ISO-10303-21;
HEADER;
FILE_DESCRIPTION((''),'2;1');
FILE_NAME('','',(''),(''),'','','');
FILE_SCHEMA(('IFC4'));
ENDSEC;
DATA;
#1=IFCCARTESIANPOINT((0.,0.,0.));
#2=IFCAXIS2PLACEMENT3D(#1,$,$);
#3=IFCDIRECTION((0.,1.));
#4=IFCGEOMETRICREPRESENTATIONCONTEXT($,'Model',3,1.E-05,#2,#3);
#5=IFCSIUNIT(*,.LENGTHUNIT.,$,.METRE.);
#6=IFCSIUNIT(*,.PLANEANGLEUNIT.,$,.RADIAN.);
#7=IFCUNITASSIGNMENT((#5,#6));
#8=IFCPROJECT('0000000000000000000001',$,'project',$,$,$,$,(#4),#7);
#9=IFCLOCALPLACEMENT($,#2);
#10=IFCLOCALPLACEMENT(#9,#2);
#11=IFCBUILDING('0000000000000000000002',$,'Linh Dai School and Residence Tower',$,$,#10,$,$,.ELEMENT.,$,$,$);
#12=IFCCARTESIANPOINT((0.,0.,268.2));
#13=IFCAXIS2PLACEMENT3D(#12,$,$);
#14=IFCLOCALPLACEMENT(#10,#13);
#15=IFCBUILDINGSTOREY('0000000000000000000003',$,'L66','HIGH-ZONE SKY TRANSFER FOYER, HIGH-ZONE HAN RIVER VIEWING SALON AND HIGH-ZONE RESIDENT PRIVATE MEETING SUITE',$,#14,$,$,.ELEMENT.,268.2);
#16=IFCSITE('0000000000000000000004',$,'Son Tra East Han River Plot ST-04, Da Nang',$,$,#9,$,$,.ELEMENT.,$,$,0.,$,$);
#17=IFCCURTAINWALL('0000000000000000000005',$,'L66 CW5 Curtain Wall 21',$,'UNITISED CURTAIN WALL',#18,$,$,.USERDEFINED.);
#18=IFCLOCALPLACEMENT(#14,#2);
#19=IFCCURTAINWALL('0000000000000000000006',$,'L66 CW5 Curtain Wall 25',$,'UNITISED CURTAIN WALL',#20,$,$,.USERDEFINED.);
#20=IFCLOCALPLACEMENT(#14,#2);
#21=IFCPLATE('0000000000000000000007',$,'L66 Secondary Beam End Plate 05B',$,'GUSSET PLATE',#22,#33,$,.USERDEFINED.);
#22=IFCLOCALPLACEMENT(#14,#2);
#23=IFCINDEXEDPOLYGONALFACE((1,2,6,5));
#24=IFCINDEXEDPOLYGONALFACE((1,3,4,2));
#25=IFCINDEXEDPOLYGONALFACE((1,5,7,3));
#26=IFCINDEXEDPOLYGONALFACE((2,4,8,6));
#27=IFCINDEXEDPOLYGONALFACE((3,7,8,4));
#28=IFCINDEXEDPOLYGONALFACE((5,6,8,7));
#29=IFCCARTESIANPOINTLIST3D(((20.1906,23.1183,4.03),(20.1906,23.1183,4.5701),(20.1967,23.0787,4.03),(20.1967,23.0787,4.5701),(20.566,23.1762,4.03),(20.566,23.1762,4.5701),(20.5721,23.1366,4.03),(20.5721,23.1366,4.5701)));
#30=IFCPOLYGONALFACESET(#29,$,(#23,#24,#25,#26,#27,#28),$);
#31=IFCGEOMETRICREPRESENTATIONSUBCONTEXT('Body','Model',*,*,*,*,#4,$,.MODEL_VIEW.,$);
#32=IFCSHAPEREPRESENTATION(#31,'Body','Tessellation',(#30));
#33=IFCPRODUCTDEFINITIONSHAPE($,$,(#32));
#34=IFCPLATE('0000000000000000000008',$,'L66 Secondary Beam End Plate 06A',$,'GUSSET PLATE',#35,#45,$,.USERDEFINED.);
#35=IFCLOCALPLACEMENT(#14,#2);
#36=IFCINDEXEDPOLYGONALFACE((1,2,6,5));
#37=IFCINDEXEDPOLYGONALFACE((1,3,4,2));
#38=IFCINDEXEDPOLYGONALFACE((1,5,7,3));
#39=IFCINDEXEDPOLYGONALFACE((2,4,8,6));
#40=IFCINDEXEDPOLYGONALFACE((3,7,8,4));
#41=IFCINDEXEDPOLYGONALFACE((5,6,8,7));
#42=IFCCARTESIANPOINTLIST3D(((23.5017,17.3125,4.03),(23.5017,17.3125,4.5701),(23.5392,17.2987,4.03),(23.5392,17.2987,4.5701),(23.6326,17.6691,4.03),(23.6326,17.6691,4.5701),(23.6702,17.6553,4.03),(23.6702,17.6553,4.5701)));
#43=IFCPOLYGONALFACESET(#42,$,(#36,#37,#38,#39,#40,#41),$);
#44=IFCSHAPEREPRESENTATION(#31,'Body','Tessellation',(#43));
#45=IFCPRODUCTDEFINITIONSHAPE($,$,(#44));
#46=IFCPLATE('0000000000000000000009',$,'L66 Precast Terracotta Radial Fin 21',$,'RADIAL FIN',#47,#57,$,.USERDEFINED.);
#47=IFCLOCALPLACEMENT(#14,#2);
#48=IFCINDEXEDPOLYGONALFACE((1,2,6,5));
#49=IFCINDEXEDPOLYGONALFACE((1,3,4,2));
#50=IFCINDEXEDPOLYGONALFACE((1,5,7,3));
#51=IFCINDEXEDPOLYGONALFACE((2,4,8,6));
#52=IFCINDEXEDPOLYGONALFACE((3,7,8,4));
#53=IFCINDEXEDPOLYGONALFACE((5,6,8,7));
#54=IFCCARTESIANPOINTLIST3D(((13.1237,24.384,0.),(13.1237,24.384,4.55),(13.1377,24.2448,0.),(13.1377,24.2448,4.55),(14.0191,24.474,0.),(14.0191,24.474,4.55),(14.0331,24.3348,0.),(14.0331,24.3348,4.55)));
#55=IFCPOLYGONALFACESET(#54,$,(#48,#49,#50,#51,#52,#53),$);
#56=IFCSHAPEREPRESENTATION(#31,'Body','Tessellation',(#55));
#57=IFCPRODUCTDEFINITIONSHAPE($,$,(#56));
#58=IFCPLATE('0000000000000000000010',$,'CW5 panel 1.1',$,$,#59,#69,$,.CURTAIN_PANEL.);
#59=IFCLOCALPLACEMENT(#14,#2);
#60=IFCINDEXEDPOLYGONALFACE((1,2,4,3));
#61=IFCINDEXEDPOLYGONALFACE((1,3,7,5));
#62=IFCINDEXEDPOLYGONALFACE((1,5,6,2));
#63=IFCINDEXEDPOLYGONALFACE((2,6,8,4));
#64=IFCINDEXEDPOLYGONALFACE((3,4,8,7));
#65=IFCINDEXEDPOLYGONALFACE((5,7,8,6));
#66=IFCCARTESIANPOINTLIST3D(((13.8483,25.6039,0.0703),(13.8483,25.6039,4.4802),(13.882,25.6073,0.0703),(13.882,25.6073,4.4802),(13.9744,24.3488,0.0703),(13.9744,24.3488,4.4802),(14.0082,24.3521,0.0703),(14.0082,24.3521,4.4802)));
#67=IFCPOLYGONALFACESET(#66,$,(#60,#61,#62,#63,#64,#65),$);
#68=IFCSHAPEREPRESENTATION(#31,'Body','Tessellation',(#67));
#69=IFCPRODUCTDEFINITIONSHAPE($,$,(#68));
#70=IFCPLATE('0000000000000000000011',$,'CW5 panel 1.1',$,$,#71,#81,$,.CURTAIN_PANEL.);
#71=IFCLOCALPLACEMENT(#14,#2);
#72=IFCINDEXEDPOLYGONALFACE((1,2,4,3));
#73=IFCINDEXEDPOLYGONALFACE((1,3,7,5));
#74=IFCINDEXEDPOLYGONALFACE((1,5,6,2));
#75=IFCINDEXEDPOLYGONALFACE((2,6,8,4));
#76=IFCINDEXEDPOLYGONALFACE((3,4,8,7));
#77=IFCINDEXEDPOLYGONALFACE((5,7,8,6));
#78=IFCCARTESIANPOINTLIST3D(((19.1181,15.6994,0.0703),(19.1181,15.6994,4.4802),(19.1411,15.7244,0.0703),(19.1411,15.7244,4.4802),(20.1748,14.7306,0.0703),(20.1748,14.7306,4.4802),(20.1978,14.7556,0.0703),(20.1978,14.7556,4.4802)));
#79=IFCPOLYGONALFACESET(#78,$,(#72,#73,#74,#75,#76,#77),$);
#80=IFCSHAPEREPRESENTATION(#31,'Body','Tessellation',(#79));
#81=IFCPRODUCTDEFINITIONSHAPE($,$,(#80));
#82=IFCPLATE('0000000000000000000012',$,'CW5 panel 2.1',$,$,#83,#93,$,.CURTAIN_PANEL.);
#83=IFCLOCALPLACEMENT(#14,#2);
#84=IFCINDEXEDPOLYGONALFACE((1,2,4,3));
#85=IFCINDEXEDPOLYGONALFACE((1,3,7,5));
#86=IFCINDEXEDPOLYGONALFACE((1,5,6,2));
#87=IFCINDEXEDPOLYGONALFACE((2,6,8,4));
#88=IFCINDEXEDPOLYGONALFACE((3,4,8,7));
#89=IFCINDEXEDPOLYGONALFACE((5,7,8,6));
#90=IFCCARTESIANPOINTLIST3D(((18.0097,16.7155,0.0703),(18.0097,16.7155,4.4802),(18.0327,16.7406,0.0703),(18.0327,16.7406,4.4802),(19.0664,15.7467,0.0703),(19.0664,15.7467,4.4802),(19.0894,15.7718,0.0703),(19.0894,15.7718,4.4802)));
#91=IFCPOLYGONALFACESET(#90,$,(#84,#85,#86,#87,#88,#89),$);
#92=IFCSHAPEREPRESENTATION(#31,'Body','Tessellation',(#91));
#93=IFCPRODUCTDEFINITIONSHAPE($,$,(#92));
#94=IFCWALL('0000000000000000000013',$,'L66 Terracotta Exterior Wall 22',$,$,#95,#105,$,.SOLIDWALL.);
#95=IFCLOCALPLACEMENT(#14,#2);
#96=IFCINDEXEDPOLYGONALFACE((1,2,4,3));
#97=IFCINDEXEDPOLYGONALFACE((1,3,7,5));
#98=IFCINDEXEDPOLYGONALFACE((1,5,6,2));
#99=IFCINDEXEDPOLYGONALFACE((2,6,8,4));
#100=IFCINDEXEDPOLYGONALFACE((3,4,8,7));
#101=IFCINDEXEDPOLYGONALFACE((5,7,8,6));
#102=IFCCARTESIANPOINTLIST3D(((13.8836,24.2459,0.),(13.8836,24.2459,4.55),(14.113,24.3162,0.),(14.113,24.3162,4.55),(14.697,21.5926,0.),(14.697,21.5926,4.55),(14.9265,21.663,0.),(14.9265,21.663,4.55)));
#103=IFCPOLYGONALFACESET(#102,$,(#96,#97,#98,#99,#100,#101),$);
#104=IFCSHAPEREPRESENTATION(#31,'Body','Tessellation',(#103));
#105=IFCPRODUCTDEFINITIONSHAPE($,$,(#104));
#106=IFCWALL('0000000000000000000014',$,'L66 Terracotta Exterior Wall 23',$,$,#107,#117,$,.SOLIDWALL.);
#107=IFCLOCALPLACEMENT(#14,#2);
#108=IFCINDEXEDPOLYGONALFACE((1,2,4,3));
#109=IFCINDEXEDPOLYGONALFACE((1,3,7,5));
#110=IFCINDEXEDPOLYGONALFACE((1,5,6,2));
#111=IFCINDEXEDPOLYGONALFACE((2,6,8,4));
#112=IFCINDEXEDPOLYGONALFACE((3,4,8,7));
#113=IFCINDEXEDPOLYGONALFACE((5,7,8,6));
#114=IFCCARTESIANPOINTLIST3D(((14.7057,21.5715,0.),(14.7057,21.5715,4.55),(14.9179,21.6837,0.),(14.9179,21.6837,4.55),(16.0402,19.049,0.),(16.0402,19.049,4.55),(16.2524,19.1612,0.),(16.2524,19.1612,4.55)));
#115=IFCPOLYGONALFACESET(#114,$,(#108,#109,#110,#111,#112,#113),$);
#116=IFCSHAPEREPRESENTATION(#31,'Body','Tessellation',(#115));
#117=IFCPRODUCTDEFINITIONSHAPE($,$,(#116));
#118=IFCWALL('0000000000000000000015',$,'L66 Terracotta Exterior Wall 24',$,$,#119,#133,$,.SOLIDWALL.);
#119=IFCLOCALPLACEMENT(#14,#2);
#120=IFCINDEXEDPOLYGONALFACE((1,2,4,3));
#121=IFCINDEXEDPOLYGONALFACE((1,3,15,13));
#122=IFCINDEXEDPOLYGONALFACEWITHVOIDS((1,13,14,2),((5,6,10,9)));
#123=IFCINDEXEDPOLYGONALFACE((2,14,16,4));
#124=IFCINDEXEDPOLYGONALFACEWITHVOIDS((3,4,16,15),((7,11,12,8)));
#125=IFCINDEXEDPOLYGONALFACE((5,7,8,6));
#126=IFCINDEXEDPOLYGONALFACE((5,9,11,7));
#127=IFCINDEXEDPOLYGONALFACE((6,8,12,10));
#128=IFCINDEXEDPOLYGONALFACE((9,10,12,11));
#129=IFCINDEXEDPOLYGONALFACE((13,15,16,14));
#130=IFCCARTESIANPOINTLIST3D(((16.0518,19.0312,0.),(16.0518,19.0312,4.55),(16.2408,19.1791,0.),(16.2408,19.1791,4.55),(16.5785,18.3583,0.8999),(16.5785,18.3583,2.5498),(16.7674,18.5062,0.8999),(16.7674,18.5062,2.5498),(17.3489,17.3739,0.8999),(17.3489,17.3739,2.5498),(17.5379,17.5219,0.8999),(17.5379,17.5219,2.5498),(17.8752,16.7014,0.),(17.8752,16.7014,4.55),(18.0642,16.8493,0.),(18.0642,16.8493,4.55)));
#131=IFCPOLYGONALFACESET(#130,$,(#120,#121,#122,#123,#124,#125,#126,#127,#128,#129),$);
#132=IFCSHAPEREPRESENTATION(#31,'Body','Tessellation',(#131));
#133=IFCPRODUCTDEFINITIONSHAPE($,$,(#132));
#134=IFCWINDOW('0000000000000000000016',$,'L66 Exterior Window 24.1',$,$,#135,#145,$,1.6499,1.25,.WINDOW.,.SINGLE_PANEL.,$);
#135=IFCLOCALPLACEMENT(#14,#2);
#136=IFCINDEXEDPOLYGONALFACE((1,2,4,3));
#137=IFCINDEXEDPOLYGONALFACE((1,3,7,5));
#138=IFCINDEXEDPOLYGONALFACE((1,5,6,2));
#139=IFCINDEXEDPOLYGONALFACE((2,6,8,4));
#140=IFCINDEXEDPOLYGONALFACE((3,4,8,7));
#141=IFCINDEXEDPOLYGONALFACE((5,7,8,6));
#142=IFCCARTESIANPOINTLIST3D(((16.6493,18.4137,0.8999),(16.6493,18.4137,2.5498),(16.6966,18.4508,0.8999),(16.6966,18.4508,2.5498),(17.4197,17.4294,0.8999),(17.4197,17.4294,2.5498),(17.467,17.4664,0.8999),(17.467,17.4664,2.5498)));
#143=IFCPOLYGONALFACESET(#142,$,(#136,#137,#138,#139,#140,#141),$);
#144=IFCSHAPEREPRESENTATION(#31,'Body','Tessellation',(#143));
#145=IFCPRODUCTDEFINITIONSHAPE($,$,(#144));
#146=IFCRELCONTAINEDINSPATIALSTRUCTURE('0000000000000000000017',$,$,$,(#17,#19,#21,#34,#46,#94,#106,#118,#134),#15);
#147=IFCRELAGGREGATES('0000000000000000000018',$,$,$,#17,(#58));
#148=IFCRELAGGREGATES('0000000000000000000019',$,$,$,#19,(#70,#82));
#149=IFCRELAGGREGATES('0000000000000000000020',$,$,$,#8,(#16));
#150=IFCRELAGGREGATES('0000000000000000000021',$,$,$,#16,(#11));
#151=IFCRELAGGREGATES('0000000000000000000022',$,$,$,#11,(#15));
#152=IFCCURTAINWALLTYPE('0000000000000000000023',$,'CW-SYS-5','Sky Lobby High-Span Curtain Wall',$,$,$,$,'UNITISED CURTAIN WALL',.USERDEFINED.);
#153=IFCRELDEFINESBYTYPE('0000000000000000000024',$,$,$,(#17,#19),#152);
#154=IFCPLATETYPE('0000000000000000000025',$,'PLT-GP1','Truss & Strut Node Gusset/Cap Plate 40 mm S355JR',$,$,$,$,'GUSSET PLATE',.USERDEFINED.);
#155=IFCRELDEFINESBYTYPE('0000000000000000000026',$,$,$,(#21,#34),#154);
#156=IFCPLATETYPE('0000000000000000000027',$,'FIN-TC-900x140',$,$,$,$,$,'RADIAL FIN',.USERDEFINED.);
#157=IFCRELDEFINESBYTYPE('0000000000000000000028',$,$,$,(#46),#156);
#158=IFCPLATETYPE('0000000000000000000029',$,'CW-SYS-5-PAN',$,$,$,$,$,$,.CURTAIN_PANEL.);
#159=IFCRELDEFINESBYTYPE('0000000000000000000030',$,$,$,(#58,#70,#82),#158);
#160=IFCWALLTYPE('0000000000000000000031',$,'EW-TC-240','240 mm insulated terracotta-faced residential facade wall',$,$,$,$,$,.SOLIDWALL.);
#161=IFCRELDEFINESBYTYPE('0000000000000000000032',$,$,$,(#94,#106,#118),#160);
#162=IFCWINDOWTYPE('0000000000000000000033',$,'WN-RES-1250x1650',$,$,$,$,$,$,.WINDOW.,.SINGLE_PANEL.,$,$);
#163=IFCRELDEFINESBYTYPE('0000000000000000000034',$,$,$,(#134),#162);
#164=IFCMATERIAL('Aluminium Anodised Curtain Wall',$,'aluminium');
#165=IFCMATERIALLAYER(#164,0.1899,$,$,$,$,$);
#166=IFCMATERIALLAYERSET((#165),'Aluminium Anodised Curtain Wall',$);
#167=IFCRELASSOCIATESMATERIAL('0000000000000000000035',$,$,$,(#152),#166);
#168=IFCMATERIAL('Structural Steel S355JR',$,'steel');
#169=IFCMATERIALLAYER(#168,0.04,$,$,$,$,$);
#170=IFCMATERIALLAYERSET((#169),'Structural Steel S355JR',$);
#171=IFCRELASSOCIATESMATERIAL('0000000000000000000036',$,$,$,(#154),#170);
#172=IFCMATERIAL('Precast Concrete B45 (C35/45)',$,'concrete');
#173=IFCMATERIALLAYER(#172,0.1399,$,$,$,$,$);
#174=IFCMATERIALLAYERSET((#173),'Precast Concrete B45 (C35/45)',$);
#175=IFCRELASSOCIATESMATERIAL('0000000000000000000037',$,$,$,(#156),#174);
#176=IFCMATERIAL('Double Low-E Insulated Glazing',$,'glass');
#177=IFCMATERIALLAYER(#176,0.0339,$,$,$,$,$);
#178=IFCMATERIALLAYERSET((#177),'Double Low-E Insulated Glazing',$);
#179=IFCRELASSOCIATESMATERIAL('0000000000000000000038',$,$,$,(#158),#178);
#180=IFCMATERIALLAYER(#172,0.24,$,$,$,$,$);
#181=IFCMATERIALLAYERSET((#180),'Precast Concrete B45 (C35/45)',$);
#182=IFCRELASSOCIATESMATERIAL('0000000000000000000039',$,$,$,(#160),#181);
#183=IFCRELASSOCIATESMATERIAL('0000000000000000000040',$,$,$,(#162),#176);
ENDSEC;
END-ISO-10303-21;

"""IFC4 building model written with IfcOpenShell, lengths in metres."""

from ifc_helpers import new_model, si_unit, direction, frame, frame_2d, origin, origin_2d, place, context, subcontext, project, spatial, rectangle, extrude, source, transform, mapped, material, layer, layer_set, type_object, element, fill, aggregate, save


model = new_model("IFC4")

# Units and contexts
model_context = context("Model", 3, precision=1e-05, world=origin(), true_north=direction((0.0, 1.0)))
body_context = subcontext(model_context, "Body", "Model", "MODEL_VIEW")
ifc_project = project(units=[si_unit("LENGTHUNIT", "METRE"), si_unit("PLANEANGLEUNIT", "RADIAN")], contexts=[model_context])

# Site, building, storey
site_placement = place(None, origin())
site = spatial("IfcSite", under=ifc_project, at=site_placement, Name="Son Tra East Han River Plot ST-04, Da Nang", CompositionType="ELEMENT", RefElevation=0.0)
building_placement = place(site_placement, origin())
building = spatial("IfcBuilding", under=site, at=building_placement, Name="Linh Dai School and Residence Tower", CompositionType="ELEMENT")
storey_placement = place(building_placement, frame((0.0, 0.0, 268.2)))
storey = spatial("IfcBuildingStorey", under=building, at=storey_placement, Name="L66", Description="HIGH-ZONE SKY TRANSFER FOYER, HIGH-ZONE HAN RIVER VIEWING SALON AND HIGH-ZONE RESIDENT PRIVATE MEETING SUITE", CompositionType="ELEMENT", Elevation=268.2)

# Shared definitions
ifc_material_1 = material(Name="Structural Steel S355JR", Category="steel")

# Curtain wall
ifc_material_2 = material(Name="Aluminium Anodised Curtain Wall", Category="aluminium")
ifc_layer_1 = layer(ifc_material_2, 0.1899)
ifc_layer_set_1 = layer_set([ifc_layer_1], Name="Aluminium Anodised Curtain Wall")
curtain_wall_type = type_object("IfcCurtainWallType", Name="CW-SYS-5", Description="Sky Lobby High-Span Curtain Wall", ElementType="UNITISED CURTAIN WALL", PredefinedType="USERDEFINED", material=ifc_layer_set_1)
curtain_wall_1_placement = place(storey_placement, origin())
curtain_wall_1 = element("IfcCurtainWall", 1, at=curtain_wall_1_placement, inside=storey, type_object=curtain_wall_type, Name="L66 CW5 Curtain Wall 21", ObjectType="UNITISED CURTAIN WALL", PredefinedType="USERDEFINED")

# Curtain wall
curtain_wall_2_placement = place(storey_placement, origin())
curtain_wall_2 = element("IfcCurtainWall", 2, at=curtain_wall_2_placement, inside=storey, type_object=curtain_wall_type, Name="L66 CW5 Curtain Wall 25", ObjectType="UNITISED CURTAIN WALL", PredefinedType="USERDEFINED")

# Plates
ifc_layer_2 = layer(ifc_material_1, 0.04)
ifc_layer_set_2 = layer_set([ifc_layer_2], Name="Structural Steel S355JR")
plate_type_1 = type_object("IfcPlateType", Name="PLT-GP1", Description="Truss & Strut Node Gusset/Cap Plate 40 mm S355JR", ElementType="GUSSET PLATE", PredefinedType="USERDEFINED", material=ifc_layer_set_2)
shared_shape_1 = source(origin(), body_context, "Body", "SweptSolid", [
    extrude(rectangle(XDim=0.04, YDim=0.3799, at=origin_2d()), origin(), (0.0, 0.0, 1.0), 0.54),
])
for number, where, z_axis, x_axis, name in (
    (3, (20.3813, 23.1274, 4.03), (0.0, 0.0, 1.0), (0.152474, -0.988308, 0.0), "L66 Secondary Beam End Plate 05B"),
    (4, (23.5859, 17.4839, 4.03), (0.0, 0.0, 1.0), (0.938695, -0.344748, 0.0), "L66 Secondary Beam End Plate 06A"),
):
    element("IfcPlate", number, at=place(storey_placement, frame(where, z_axis=z_axis, x_axis=x_axis)), inside=storey, type_object=plate_type_1, Name=name, ObjectType="GUSSET PLATE", PredefinedType="USERDEFINED", context=body_context, shape_type="MappedRepresentation", body=[
        mapped(shared_shape_1, transform((0.0, 0.0, 0.0), x_axis=(1.0, 0.0, 0.0), y_axis=(0.0, 1.0, 0.0), z_axis=(0.0, 0.0, 1.0), scale=1.0)),
    ])
ifc_material_3 = material(Name="Precast Concrete B45 (C35/45)", Category="concrete")
ifc_layer_3 = layer(ifc_material_3, 0.1399)
ifc_layer_set_3 = layer_set([ifc_layer_3], Name="Precast Concrete B45 (C35/45)")
plate_type_2 = type_object("IfcPlateType", Name="FIN-TC-900x140", ElementType="RADIAL FIN", PredefinedType="USERDEFINED", material=ifc_layer_set_3)
shared_shape_2 = source(origin(), body_context, "Body", "SweptSolid", [
    extrude(rectangle(XDim=0.8999, YDim=0.1399, at=origin_2d()), origin(), (0.0, 0.0, 1.0), 4.55),
])
plate_1_placement = place(storey_placement, frame((13.5784, 24.3594, 0.0), z_axis=(0.0, 0.0, 1.0), x_axis=(-0.994987, -0.100008, 0.0)))
element("IfcPlate", 5, at=plate_1_placement, inside=storey, type_object=plate_type_2, Name="L66 Precast Terracotta Radial Fin 21", ObjectType="RADIAL FIN", PredefinedType="USERDEFINED", context=body_context, shape_type="MappedRepresentation", body=[
    mapped(shared_shape_2, transform((0.0, 0.0, 0.0), x_axis=(1.0, 0.0, 0.0), y_axis=(0.0, 1.0, 0.0), z_axis=(0.0, 0.0, 1.0), scale=1.0)),
])

# Plates
ifc_material_4 = material(Name="Double Low-E Insulated Glazing", Category="glass")
ifc_layer_4 = layer(ifc_material_4, 0.0339)
ifc_layer_set_4 = layer_set([ifc_layer_4], Name="Double Low-E Insulated Glazing")
plate_type_3 = type_object("IfcPlateType", Name="CW-SYS-5-PAN", PredefinedType="CURTAIN_PANEL", material=ifc_layer_set_4)
shared_shape_3 = source(origin(), body_context, "Body", "SweptSolid", [
    extrude(rectangle(XDim=1.2615, YDim=0.0339, at=origin_2d()), origin(), (0.0, 0.0, 1.0), 4.4099),
])
plate_2_placement = place(storey_placement, frame((13.9282, 24.978, 0.0703), z_axis=(0.0, 0.0, 1.0), x_axis=(-0.100008, 0.994987, 0.0)))
plate_2 = element("IfcPlate", 6, at=plate_2_placement, type_object=plate_type_3, Name="CW5 panel 1.1", PredefinedType="CURTAIN_PANEL", context=body_context, shape_type="MappedRepresentation", body=[
    mapped(shared_shape_3, transform((0.0, 0.0, 0.0), x_axis=(1.0, 0.0, 0.0), y_axis=(0.0, 1.0, 0.0), z_axis=(0.0, 0.0, 1.0), scale=1.0)),
])
aggregate(curtain_wall_1, [plate_2])
shared_shape_4 = source(origin(), body_context, "Body", "SweptSolid", [
    extrude(rectangle(XDim=1.4336, YDim=0.0339, at=origin_2d()), origin(), (0.0, 0.0, 1.0), 4.4099),
])
plate_3_placement = place(storey_placement, frame((19.658, 15.2275, 0.0703), z_axis=(0.0, 0.0, 1.0), x_axis=(-0.737104, 0.675779, 0.0)))
plate_3 = element("IfcPlate", 7, at=plate_3_placement, type_object=plate_type_3, Name="CW5 panel 1.1", PredefinedType="CURTAIN_PANEL", context=body_context, shape_type="MappedRepresentation", body=[
    mapped(shared_shape_4, transform((0.0, 0.0, 0.0), x_axis=(1.0, 0.0, 0.0), y_axis=(0.0, 1.0, 0.0), z_axis=(0.0, 0.0, 1.0), scale=1.0)),
])
plate_4_placement = place(storey_placement, frame((18.5496, 16.2437, 0.0703), z_axis=(0.0, 0.0, 1.0), x_axis=(-0.737104, 0.675779, 0.0)))
plate_4 = element("IfcPlate", 8, at=plate_4_placement, type_object=plate_type_3, Name="CW5 panel 2.1", PredefinedType="CURTAIN_PANEL", context=body_context, shape_type="MappedRepresentation", body=[
    mapped(shared_shape_4, transform((0.0, 0.0, 0.0), x_axis=(1.0, 0.0, 0.0), y_axis=(0.0, 1.0, 0.0), z_axis=(0.0, 0.0, 1.0), scale=1.0)),
])
aggregate(curtain_wall_2, [plate_3, plate_4])

# Walls
ifc_layer_5 = layer(ifc_material_3, 0.24)
ifc_layer_set_5 = layer_set([ifc_layer_5], Name="Precast Concrete B45 (C35/45)")
wall_type_1 = type_object("IfcWallType", Name="EW-TC-240", Description="240 mm insulated terracotta-faced residential facade wall", PredefinedType="SOLIDWALL", material=ifc_layer_set_5)
wall_1_placement = place(storey_placement, frame((14.8118, 21.6277, 0.0), z_axis=(0.0, 0.0, 1.0), x_axis=(-0.293121, 0.956075, 0.0)))
element("IfcWall", 9, at=wall_1_placement, inside=storey, type_object=wall_type_1, Name="L66 Terracotta Exterior Wall 22", PredefinedType="SOLIDWALL", context=body_context, shape_type="SweptSolid", body=[
    extrude(rectangle(XDim=2.7751, YDim=0.24, at=frame_2d((1.3877, 0.0))), origin(), (0.0, 0.0, 1.0), 4.55),
])
wall_2_placement = place(storey_placement, frame((16.1462, 19.1052, 0.0), z_axis=(0.0, 0.0, 1.0), x_axis=(-0.467628, 0.883925, 0.0)))
element("IfcWall", 10, at=wall_2_placement, inside=storey, type_object=wall_type_1, Name="L66 Terracotta Exterior Wall 23", PredefinedType="SOLIDWALL", context=body_context, shape_type="SweptSolid", body=[
    extrude(rectangle(XDim=2.8538, YDim=0.24, at=frame_2d((1.4268, 0.0))), origin(), (0.0, 0.0, 1.0), 4.55),
])

# Wall, opening, window
wall_3_placement = place(storey_placement, frame((17.9697, 16.7754, 0.0), z_axis=(0.0, 0.0, 1.0), x_axis=(-0.616337, 0.787482, 0.0)))
wall_3 = element("IfcWall", 11, at=wall_3_placement, inside=storey, type_object=wall_type_1, Name="L66 Terracotta Exterior Wall 24", PredefinedType="SOLIDWALL", context=body_context, shape_type="SweptSolid", body=[
    extrude(rectangle(XDim=2.9585, YDim=0.24, at=frame_2d((1.4792, 0.0))), origin(), (0.0, 0.0, 1.0), 4.55),
])
opening_1_placement = place(wall_3_placement, frame((0.854, 0.0, 0.8999)))
opening_1 = element("IfcOpeningElement", 12, at=opening_1_placement, cuts=wall_3, PredefinedType="OPENING", context=body_context, shape_type="SweptSolid", body=[
    extrude(rectangle(XDim=1.25, YDim=1.6499, at=origin_2d()), frame((0.625, 0.1299, 0.825), z_axis=(0.0, -1.0, 0.0), x_axis=(1.0, 0.0, 0.0)), (0.0, 0.0, 1.0), 0.26),
])
window_type = type_object("IfcWindowType", Name="WN-RES-1250x1650", PartitioningType="SINGLE_PANEL", PredefinedType="WINDOW", material=ifc_material_4)
shared_shape_5 = source(origin(), body_context, "Body", "SweptSolid", [
    extrude(rectangle(XDim=1.25, YDim=1.6499, at=origin_2d()), frame((0.625, 0.03, 0.825), z_axis=(0.0, -1.0, 0.0), x_axis=(1.0, 0.0, 0.0)), (0.0, 0.0, 1.0), 0.0601),
])
window_placement = place(opening_1_placement, origin())
window = element("IfcWindow", 13, at=window_placement, inside=storey, type_object=window_type, Name="L66 Exterior Window 24.1", OverallHeight=1.6499, OverallWidth=1.25, PartitioningType="SINGLE_PANEL", PredefinedType="WINDOW", context=body_context, shape_type="MappedRepresentation", body=[
    mapped(shared_shape_5, transform((0.0, 0.0, 0.0), x_axis=(1.0, 0.0, 0.0), y_axis=(0.0, 1.0, 0.0), z_axis=(0.0, 0.0, 1.0), scale=1.0)),
])
fill(opening_1, window)

save(model, "model.ifc")
